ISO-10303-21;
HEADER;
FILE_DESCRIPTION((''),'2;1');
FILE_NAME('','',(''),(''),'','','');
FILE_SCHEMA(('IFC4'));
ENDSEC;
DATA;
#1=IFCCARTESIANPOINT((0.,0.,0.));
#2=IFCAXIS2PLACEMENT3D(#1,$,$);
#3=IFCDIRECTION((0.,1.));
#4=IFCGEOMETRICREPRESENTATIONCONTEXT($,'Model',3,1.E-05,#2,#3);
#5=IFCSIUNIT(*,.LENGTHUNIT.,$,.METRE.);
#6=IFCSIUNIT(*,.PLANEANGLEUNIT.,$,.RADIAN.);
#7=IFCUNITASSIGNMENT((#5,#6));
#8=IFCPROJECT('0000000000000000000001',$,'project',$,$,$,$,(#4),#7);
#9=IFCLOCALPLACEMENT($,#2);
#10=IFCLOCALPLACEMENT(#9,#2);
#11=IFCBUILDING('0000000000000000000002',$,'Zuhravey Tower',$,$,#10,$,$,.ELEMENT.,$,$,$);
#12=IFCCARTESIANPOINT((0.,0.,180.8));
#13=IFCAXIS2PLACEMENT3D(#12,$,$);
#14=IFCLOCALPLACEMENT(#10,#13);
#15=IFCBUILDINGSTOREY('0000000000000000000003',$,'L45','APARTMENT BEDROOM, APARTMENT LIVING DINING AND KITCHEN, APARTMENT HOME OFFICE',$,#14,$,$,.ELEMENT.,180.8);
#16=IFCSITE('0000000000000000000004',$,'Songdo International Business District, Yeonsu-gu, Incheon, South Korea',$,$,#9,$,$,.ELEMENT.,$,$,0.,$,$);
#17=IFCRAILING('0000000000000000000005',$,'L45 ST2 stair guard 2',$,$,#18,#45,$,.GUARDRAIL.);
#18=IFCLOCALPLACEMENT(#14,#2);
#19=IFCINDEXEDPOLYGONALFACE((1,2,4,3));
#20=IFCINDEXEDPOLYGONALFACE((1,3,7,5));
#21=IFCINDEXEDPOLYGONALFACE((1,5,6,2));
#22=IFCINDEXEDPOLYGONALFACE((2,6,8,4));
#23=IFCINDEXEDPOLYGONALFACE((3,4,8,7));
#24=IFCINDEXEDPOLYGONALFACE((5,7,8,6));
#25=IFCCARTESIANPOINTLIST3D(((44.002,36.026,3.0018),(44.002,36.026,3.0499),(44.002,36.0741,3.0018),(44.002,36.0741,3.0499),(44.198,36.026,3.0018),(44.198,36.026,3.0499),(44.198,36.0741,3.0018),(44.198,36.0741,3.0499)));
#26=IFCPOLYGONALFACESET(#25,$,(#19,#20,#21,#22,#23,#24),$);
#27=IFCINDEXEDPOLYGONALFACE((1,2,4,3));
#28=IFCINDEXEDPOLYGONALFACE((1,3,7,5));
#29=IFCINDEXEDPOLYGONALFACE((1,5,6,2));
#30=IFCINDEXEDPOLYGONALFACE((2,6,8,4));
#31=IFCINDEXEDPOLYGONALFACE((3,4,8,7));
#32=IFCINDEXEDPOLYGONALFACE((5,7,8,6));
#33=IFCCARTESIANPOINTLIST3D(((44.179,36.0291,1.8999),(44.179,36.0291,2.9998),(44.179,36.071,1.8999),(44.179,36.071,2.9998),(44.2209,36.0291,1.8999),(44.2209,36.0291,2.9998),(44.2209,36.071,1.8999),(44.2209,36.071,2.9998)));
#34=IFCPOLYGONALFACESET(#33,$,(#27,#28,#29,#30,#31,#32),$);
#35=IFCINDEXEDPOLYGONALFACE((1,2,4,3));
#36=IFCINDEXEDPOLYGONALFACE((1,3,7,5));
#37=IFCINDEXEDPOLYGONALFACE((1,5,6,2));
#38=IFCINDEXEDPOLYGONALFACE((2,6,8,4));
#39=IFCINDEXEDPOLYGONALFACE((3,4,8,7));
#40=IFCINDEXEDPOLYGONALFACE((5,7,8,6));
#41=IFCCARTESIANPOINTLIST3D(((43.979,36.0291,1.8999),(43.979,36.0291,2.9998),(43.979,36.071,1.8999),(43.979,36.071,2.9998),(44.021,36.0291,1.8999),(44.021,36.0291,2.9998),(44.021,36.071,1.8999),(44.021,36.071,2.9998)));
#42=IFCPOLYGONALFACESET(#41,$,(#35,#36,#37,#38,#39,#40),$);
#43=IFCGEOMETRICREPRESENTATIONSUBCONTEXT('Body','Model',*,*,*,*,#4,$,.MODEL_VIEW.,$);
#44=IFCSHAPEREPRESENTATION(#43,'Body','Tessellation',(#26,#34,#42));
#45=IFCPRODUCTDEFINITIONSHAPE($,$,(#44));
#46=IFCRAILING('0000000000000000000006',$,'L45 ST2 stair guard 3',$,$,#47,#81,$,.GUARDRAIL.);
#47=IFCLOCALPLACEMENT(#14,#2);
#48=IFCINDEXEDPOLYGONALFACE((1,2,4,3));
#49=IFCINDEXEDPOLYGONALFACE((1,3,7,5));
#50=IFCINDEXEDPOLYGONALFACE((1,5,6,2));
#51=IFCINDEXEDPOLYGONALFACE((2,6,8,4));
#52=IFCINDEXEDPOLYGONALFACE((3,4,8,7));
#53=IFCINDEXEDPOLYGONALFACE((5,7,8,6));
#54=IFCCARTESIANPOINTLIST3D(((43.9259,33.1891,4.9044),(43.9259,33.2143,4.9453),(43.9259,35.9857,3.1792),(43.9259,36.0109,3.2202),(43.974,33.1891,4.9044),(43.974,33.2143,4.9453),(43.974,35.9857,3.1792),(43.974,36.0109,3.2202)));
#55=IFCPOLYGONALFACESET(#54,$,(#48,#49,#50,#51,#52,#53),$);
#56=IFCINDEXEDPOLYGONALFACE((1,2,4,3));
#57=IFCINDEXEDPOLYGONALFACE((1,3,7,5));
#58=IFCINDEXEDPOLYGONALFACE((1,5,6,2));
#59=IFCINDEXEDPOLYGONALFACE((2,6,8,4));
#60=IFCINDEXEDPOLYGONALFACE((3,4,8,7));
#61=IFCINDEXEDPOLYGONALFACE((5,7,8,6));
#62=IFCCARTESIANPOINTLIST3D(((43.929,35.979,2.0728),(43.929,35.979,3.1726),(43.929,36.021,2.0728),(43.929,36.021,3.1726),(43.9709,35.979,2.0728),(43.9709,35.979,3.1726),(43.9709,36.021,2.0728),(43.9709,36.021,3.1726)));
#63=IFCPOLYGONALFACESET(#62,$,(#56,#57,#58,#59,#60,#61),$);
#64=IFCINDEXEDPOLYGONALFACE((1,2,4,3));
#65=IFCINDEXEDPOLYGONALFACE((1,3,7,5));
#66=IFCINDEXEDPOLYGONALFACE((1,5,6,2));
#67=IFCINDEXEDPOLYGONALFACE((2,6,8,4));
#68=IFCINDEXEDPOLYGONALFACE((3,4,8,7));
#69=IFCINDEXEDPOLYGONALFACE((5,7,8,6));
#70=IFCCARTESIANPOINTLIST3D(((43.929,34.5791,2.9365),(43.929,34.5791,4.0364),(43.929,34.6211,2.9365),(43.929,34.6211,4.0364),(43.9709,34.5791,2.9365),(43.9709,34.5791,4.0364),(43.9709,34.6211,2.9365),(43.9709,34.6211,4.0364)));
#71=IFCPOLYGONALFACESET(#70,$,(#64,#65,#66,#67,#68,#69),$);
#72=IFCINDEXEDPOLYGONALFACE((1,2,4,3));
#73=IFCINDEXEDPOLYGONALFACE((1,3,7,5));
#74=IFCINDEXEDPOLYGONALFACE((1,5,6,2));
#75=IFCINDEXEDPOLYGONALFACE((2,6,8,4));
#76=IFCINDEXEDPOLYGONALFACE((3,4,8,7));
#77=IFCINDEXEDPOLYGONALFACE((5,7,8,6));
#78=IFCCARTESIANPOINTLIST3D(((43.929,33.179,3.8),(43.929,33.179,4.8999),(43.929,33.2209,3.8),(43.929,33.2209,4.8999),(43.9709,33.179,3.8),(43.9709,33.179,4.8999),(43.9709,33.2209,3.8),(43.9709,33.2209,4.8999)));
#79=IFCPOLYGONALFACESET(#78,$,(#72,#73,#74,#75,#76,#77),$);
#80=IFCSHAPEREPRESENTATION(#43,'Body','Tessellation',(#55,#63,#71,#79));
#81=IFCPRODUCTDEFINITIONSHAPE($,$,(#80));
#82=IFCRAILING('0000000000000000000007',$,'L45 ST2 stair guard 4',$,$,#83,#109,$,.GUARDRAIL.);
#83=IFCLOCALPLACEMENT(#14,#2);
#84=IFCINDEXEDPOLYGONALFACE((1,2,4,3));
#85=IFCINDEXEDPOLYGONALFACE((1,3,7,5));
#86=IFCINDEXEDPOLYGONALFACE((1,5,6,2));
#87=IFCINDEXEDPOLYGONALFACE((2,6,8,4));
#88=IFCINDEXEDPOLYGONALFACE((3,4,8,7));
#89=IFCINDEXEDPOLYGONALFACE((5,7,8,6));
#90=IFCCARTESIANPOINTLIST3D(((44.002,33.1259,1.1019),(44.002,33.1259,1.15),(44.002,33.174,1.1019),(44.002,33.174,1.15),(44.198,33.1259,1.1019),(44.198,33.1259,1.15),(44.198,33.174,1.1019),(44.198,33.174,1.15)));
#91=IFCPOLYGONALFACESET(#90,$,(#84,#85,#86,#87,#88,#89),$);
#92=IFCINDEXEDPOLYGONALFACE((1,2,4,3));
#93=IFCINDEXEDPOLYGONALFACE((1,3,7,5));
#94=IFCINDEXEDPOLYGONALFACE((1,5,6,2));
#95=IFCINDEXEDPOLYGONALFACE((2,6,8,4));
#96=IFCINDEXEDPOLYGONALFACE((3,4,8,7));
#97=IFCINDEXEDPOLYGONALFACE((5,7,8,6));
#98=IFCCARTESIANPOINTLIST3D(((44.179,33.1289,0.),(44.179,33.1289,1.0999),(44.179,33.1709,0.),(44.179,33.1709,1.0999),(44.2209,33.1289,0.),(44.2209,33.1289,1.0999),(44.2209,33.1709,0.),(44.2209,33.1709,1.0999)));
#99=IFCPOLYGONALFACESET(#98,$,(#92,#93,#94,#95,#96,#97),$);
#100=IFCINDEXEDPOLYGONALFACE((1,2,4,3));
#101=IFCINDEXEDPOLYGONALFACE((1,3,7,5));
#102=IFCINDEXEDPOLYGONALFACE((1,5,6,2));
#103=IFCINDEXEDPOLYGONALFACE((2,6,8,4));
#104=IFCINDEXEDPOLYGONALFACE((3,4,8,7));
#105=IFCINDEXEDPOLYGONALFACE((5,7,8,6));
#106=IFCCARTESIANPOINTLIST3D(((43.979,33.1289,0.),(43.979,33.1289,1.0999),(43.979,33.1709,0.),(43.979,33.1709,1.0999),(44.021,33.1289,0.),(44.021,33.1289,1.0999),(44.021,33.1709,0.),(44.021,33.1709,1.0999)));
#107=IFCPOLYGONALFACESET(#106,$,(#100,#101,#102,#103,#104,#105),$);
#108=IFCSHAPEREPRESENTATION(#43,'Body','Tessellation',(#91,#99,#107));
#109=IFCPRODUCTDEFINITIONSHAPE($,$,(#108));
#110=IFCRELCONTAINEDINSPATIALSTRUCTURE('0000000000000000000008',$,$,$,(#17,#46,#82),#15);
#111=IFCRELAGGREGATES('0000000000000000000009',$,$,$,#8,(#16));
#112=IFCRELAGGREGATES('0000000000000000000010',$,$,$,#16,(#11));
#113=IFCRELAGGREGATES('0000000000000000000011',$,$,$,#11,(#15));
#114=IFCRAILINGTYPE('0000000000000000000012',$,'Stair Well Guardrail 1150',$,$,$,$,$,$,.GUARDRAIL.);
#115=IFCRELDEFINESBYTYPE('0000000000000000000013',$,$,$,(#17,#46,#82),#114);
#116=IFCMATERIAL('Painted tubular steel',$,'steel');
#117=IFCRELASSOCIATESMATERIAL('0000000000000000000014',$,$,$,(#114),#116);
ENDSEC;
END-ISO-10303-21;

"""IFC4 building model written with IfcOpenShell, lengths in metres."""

from ifc_helpers import new_model, si_unit, direction, frame, origin, origin_2d, place, context, subcontext, project, spatial, rectangle, extrude, material, type_object, element, save


model = new_model("IFC4")

# Units and contexts
model_context = context("Model", 3, precision=1e-05, world=origin(), true_north=direction((0.0, 1.0)))
body_context = subcontext(model_context, "Body", "Model", "MODEL_VIEW")
ifc_project = project(units=[si_unit("LENGTHUNIT", "METRE"), si_unit("PLANEANGLEUNIT", "RADIAN")], contexts=[model_context])

# Site, building, storey
site_placement = place(None, origin())
site = spatial("IfcSite", under=ifc_project, at=site_placement, Name="Songdo International Business District, Yeonsu-gu, Incheon, South Korea", CompositionType="ELEMENT", RefElevation=0.0)
building_placement = place(site_placement, origin())
building = spatial("IfcBuilding", under=site, at=building_placement, Name="Zuhravey Tower", CompositionType="ELEMENT")
storey_placement = place(building_placement, frame((0.0, 0.0, 180.8)))
storey = spatial("IfcBuildingStorey", under=building, at=storey_placement, Name="L45", Description="APARTMENT BEDROOM, APARTMENT LIVING DINING AND KITCHEN, APARTMENT HOME OFFICE", CompositionType="ELEMENT", Elevation=180.8)

# Railings
ifc_material_1 = material(Name="Painted tubular steel", Category="steel")
railing_type_1 = type_object("IfcRailingType", Name="Stair Well Guardrail 1150", PredefinedType="GUARDRAIL", material=ifc_material_1)
railing_1_placement = place(storey_placement, frame((44.2, 36.05, 1.8999)))
element("IfcRailing", 1, at=railing_1_placement, inside=storey, type_object=railing_type_1, Name="L45 ST2 stair guard 2", PredefinedType="GUARDRAIL", context=body_context, shape_type="SweptSolid", body=[
    extrude(rectangle(XDim=0.0481, YDim=0.0481, at=origin_2d()), frame((-0.002, 0.0, 1.126), z_axis=(-1.0, 0.0, 0.0), x_axis=(0.0, -1.0, 0.0)), (0.0, 0.0, 1.0), 0.196),
    extrude(rectangle(XDim=0.042, YDim=0.042, at=origin_2d()), origin(), (0.0, 0.0, 1.0), 1.0999),
    extrude(rectangle(XDim=0.042, YDim=0.042, at=origin_2d()), frame((-0.2, 0.0, 0.0)), (0.0, 0.0, 1.0), 1.0999),
])
railing_2_placement = place(storey_placement, frame((43.95, 36.0, 2.0728)))
element("IfcRailing", 2, at=railing_2_placement, inside=storey, type_object=railing_type_1, Name="L45 ST2 stair guard 3", PredefinedType="GUARDRAIL", context=body_context, shape_type="SweptSolid", body=[
    extrude(rectangle(XDim=0.0481, YDim=0.0481, at=origin_2d()), frame((0.0, -0.0017, 1.127), z_axis=(0.0, -0.85109, 0.52502), x_axis=(1.0, 0.0, 0.0)), (0.0, 0.0, 1.0), 3.2859),
    extrude(rectangle(XDim=0.042, YDim=0.042, at=origin_2d()), origin(), (0.0, 0.0, 1.0), 1.0999),
    extrude(rectangle(XDim=0.042, YDim=0.042, at=origin_2d()), frame((0.0, -1.3999, 0.8638)), (0.0, 0.0, 1.0), 1.0999),
    extrude(rectangle(XDim=0.042, YDim=0.042, at=origin_2d()), frame((0.0, -2.8, 1.7273)), (0.0, 0.0, 1.0), 1.0999),
])
railing_3_placement = place(storey_placement, frame((44.2, 33.1499, 0.0)))
element("IfcRailing", 3, at=railing_3_placement, inside=storey, type_object=railing_type_1, Name="L45 ST2 stair guard 4", PredefinedType="GUARDRAIL", context=body_context, shape_type="SweptSolid", body=[
    extrude(rectangle(XDim=0.0481, YDim=0.0481, at=origin_2d()), frame((-0.002, 0.0, 1.126), z_axis=(-1.0, 0.0, 0.0), x_axis=(0.0, -1.0, 0.0)), (0.0, 0.0, 1.0), 0.196),
    extrude(rectangle(XDim=0.042, YDim=0.042, at=origin_2d()), origin(), (0.0, 0.0, 1.0), 1.0999),
    extrude(rectangle(XDim=0.042, YDim=0.042, at=origin_2d()), frame((-0.2, 0.0, 0.0)), (0.0, 0.0, 1.0), 1.0999),
])

save(model, "model.ifc")
